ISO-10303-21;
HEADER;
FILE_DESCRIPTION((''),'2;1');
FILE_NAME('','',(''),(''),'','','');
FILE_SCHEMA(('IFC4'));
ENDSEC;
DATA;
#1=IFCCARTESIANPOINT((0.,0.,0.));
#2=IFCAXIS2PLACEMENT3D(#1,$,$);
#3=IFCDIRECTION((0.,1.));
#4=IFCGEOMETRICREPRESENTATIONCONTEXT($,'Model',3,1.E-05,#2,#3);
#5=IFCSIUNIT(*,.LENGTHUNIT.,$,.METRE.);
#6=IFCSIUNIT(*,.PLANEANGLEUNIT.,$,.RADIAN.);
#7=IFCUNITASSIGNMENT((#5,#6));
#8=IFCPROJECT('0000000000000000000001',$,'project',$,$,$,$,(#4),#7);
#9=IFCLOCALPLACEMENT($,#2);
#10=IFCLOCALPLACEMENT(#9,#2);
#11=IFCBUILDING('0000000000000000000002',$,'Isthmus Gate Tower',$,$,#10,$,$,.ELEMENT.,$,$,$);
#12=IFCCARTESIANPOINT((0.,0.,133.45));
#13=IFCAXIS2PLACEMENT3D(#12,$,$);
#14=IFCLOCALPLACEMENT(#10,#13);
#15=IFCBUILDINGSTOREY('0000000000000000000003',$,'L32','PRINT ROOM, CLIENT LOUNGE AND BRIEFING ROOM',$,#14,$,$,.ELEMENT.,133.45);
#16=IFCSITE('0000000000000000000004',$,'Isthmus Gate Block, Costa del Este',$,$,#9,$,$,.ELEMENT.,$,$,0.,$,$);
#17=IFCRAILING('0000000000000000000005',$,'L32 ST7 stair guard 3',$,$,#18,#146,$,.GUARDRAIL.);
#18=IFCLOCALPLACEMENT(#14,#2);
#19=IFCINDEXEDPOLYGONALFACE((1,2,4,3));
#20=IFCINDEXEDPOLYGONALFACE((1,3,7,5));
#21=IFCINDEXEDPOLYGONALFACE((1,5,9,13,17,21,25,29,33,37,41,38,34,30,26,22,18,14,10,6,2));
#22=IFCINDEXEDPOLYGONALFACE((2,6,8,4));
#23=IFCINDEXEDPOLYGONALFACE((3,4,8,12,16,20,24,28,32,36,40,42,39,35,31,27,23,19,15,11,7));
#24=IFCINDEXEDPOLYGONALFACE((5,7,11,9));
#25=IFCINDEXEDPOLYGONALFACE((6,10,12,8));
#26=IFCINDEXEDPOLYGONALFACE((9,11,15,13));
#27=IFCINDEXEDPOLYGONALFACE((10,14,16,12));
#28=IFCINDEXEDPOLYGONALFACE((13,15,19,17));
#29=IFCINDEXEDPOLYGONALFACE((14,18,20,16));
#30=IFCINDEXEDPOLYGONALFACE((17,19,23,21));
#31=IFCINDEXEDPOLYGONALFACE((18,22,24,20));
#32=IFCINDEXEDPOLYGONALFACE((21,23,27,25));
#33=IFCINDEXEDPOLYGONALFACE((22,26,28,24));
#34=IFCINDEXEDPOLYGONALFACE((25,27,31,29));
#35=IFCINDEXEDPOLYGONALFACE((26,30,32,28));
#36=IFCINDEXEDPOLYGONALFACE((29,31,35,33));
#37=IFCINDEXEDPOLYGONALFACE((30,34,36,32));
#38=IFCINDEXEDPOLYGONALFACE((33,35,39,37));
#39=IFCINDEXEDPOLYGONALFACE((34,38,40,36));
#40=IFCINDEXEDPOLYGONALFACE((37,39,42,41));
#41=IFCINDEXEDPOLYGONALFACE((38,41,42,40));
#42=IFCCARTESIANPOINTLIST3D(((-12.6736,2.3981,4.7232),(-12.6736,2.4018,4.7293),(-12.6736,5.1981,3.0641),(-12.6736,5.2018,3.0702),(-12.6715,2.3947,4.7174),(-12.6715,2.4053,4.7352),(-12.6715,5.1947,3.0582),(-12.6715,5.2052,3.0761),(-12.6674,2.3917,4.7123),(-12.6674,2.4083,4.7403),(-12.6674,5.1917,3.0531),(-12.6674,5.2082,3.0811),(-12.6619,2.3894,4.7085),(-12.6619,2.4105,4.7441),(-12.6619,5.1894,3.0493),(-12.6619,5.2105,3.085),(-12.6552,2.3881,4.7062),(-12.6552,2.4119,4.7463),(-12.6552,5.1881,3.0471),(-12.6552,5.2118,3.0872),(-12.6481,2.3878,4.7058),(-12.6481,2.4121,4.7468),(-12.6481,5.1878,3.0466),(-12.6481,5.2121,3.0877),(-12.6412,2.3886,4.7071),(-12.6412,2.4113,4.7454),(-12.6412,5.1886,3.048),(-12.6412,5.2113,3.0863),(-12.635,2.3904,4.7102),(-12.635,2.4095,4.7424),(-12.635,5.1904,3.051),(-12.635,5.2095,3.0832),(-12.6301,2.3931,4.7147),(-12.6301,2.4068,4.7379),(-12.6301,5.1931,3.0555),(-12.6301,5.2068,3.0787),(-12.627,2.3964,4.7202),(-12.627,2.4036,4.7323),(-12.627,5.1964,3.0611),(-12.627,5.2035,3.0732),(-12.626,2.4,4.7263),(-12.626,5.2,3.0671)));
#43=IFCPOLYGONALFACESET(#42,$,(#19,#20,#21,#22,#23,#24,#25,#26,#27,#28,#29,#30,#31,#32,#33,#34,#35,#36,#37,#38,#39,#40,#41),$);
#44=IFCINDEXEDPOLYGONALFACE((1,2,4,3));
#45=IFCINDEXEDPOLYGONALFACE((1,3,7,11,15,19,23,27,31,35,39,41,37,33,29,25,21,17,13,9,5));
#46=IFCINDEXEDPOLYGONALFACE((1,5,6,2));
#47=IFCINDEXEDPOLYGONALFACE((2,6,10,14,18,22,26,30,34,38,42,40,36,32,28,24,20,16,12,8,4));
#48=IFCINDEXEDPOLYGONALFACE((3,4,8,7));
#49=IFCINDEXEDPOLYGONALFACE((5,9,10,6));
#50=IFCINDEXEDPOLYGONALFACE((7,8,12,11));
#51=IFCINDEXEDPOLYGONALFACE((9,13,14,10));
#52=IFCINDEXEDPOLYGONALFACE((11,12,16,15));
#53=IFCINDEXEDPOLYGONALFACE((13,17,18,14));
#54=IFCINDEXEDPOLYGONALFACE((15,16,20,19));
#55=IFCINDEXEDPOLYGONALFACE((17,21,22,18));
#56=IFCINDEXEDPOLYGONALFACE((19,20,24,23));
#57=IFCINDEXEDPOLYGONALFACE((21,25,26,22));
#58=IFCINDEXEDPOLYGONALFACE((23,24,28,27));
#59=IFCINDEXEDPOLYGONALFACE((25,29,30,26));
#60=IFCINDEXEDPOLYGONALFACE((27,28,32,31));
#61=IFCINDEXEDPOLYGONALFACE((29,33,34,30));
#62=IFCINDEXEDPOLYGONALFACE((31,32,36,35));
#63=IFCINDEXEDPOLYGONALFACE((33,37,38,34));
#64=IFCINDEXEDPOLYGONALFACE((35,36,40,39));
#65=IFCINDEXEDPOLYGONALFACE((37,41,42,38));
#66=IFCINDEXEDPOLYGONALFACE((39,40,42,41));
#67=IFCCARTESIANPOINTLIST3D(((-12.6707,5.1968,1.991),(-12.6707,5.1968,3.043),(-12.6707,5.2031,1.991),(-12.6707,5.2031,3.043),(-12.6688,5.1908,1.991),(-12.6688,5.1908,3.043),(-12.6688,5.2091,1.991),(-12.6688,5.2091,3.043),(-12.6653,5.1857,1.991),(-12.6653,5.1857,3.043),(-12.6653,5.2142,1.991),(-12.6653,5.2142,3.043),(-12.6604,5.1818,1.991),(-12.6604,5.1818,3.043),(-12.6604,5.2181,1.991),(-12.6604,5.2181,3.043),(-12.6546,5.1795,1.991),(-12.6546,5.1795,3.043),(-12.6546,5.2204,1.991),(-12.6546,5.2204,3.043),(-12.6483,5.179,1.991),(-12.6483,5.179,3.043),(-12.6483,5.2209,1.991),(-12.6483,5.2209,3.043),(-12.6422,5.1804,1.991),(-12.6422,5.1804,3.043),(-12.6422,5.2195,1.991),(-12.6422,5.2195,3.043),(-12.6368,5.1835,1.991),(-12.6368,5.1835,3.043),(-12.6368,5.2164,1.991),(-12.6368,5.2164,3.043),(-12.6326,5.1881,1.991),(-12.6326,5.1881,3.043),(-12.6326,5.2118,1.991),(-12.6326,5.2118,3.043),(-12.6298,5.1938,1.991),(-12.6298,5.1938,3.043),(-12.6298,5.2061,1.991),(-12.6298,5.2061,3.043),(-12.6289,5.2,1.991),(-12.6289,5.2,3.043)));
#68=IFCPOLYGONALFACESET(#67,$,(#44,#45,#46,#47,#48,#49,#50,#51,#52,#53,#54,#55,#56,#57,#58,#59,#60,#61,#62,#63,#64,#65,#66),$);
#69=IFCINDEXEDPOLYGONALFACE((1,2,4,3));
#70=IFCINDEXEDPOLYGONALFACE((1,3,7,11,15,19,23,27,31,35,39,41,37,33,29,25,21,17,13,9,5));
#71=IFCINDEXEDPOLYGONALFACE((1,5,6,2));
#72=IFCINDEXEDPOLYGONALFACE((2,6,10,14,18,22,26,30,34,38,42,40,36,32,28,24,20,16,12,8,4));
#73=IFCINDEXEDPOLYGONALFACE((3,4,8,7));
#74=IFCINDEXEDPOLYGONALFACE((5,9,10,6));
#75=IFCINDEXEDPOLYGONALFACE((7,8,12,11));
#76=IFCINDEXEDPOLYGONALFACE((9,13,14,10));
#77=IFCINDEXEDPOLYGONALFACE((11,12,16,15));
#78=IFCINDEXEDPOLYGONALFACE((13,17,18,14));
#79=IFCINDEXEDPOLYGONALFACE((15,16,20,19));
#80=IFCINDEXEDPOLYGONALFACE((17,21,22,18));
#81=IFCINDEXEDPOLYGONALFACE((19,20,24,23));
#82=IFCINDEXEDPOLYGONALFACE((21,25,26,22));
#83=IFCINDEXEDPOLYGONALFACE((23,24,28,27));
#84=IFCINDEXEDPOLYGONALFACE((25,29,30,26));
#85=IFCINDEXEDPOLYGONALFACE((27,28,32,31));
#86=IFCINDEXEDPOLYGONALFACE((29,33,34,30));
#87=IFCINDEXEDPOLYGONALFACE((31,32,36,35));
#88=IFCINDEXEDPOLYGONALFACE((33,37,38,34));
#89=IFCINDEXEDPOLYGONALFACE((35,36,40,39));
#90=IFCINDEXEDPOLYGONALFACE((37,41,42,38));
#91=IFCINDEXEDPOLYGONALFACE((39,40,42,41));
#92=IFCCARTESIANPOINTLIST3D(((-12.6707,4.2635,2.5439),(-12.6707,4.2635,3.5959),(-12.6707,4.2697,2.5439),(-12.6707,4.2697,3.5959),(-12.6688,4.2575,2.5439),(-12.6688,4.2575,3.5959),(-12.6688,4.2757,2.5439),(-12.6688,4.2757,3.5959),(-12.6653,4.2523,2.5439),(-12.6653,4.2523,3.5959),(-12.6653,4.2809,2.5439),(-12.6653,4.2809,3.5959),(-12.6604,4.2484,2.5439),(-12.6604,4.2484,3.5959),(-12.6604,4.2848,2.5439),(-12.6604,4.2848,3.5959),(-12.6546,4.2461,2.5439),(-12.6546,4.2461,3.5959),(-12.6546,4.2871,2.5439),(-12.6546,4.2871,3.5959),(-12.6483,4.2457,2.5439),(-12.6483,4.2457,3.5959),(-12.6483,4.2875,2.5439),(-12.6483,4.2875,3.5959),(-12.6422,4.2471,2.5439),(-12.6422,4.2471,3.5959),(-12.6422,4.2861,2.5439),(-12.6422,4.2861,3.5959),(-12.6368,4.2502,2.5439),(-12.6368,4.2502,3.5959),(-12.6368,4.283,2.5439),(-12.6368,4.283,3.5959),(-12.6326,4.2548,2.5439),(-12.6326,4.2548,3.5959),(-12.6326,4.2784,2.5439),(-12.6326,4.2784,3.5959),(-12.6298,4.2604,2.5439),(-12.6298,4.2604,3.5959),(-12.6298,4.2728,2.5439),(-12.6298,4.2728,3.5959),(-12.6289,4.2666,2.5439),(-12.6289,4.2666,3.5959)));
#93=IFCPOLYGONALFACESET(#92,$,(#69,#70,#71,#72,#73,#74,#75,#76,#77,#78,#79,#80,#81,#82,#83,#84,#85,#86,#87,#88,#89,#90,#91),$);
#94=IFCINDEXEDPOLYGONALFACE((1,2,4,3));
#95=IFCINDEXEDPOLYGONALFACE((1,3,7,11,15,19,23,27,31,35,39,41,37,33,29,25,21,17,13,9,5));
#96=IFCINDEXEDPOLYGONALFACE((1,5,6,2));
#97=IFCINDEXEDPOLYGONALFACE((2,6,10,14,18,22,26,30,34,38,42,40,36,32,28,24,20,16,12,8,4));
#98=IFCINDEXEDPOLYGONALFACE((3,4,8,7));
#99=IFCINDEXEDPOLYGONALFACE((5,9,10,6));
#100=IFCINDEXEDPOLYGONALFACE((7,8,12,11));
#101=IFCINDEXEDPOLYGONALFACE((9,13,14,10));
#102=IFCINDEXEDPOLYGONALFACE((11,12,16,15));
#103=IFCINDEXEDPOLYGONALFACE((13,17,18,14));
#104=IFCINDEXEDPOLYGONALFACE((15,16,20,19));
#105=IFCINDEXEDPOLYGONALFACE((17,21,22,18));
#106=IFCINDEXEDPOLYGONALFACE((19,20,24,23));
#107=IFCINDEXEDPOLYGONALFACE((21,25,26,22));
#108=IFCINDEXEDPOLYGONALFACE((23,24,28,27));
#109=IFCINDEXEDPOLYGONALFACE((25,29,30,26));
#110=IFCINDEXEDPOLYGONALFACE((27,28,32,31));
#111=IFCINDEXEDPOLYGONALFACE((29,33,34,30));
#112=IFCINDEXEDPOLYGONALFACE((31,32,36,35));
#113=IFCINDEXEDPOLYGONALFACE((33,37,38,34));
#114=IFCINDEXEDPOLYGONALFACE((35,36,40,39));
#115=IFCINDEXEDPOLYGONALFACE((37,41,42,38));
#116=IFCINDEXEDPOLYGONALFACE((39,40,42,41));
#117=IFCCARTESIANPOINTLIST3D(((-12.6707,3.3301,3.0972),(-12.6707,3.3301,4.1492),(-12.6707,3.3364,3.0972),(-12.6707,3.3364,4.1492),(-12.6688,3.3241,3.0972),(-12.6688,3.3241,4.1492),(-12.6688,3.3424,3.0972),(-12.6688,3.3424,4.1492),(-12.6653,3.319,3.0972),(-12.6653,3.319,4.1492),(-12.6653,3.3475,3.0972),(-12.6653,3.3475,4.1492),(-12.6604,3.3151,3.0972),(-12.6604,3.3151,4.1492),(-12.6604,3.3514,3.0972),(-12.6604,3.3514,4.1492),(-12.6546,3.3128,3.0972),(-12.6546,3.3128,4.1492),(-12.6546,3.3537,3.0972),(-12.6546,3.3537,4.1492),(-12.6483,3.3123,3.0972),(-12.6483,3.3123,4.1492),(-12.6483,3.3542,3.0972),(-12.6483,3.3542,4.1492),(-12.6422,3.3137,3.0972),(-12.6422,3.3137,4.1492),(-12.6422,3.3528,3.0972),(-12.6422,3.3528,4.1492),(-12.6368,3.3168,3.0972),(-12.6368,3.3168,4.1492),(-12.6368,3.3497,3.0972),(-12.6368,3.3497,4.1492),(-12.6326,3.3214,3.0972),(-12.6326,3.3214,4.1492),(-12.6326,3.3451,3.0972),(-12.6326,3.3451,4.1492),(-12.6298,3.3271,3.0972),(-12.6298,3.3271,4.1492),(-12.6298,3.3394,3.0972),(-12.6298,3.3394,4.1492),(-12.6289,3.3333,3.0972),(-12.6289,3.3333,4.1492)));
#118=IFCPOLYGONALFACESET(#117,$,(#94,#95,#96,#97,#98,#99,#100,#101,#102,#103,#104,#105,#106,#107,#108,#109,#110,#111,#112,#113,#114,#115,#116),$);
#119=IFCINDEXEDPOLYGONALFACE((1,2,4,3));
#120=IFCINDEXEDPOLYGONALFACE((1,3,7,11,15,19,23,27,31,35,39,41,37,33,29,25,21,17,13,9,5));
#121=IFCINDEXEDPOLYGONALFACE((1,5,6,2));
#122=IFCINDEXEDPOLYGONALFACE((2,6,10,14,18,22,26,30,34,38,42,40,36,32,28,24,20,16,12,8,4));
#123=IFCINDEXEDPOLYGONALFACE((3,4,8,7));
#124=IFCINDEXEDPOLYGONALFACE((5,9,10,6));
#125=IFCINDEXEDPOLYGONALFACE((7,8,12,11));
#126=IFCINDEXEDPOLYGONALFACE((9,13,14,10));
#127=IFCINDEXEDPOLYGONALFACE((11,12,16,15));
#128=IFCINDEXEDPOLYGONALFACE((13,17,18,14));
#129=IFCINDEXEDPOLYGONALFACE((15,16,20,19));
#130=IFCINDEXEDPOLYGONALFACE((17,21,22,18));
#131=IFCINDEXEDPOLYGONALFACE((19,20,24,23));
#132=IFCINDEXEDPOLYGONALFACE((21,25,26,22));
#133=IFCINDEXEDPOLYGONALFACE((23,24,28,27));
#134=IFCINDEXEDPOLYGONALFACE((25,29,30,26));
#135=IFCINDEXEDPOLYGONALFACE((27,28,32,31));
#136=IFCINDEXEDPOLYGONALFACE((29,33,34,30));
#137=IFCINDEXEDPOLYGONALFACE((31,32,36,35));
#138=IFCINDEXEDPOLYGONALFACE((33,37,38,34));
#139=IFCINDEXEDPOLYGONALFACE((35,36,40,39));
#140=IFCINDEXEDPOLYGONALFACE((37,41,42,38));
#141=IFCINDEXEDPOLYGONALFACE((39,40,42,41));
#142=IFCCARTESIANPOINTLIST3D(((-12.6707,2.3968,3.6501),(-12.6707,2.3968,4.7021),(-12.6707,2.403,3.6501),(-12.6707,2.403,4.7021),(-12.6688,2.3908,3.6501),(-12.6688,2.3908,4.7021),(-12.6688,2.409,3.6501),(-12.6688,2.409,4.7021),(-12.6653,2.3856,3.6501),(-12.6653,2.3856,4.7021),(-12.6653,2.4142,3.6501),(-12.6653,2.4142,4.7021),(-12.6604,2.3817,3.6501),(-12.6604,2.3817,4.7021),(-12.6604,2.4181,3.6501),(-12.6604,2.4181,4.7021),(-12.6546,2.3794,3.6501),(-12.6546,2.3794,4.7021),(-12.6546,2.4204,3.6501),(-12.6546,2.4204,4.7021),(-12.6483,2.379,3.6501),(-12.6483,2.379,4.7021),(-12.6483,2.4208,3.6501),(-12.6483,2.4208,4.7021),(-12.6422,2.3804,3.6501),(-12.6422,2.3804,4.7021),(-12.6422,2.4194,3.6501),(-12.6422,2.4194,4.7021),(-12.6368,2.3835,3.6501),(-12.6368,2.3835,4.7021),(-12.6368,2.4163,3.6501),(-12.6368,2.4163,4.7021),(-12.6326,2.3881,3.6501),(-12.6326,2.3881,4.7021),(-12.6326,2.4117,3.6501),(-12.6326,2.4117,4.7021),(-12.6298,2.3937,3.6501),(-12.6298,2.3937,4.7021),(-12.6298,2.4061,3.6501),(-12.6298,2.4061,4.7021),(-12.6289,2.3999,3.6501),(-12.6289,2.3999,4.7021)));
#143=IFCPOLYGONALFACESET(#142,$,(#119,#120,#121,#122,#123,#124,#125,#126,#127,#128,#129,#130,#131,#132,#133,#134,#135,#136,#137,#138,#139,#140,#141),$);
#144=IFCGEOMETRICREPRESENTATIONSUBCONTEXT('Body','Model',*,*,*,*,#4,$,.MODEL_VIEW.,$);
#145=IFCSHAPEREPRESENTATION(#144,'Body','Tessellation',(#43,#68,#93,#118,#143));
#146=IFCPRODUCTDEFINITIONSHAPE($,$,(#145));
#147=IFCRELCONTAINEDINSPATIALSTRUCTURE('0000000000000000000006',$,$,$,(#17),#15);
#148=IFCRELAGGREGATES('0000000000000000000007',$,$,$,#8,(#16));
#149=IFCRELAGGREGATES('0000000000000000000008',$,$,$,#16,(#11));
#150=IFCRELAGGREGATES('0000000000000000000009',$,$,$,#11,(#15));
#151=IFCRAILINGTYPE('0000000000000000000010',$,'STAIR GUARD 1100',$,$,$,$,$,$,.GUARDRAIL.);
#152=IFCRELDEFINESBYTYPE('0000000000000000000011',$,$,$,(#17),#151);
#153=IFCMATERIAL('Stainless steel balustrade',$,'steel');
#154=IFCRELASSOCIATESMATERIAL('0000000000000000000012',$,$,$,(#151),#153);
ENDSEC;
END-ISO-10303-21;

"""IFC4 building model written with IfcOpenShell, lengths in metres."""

from ifc_helpers import new_model, si_unit, direction, frame, origin, origin_2d, place, context, subcontext, project, spatial, circle, extrude, material, type_object, element, save


model = new_model("IFC4")

# Units and contexts
model_context = context("Model", 3, precision=1e-05, world=origin(), true_north=direction((0.0, 1.0)))
body_context = subcontext(model_context, "Body", "Model", "MODEL_VIEW")
ifc_project = project(units=[si_unit("LENGTHUNIT", "METRE"), si_unit("PLANEANGLEUNIT", "RADIAN")], contexts=[model_context])

# Site, building, storey
site_placement = place(None, origin())
site = spatial("IfcSite", under=ifc_project, at=site_placement, Name="Isthmus Gate Block, Costa del Este", CompositionType="ELEMENT", RefElevation=0.0)
building_placement = place(site_placement, origin())
building = spatial("IfcBuilding", under=site, at=building_placement, Name="Isthmus Gate Tower", CompositionType="ELEMENT")
storey_placement = place(building_placement, frame((0.0, 0.0, 133.45)))
storey = spatial("IfcBuildingStorey", under=building, at=storey_placement, Name="L32", Description="PRINT ROOM, CLIENT LOUNGE AND BRIEFING ROOM", CompositionType="ELEMENT", Elevation=133.45)

# Railing
ifc_material_1 = material(Name="Stainless steel balustrade", Category="steel")
railing_type_1 = type_object("IfcRailingType", Name="STAIR GUARD 1100", PredefinedType="GUARDRAIL", material=ifc_material_1)
railing_1_placement = place(storey_placement, frame((-12.6499, 5.2, 1.991)))
element("IfcRailing", 1, at=railing_1_placement, inside=storey, type_object=railing_type_1, Name="L32 ST7 stair guard 3", PredefinedType="GUARDRAIL", context=body_context, shape_type="SweptSolid", body=[
    extrude(circle(Radius=0.0239, at=origin_2d()), frame((0.0, 0.0, 1.0762), z_axis=(0.0, -0.860306, 0.509778), x_axis=(1.0, 0.0, 0.0)), (0.0, 0.0, 1.0), 3.2546),
    extrude(circle(Radius=0.021, at=origin_2d()), origin(), (0.0, 0.0, 1.0), 1.052),
    extrude(circle(Radius=0.021, at=origin_2d()), frame((0.0, -0.9333, 0.553)), (0.0, 0.0, 1.0), 1.052),
    extrude(circle(Radius=0.021, at=origin_2d()), frame((0.0, -1.8667, 1.1062)), (0.0, 0.0, 1.0), 1.052),
    extrude(circle(Radius=0.021, at=origin_2d()), frame((0.0, -2.8, 1.6592)), (0.0, 0.0, 1.0), 1.052),
])

save(model, "model.ifc")
